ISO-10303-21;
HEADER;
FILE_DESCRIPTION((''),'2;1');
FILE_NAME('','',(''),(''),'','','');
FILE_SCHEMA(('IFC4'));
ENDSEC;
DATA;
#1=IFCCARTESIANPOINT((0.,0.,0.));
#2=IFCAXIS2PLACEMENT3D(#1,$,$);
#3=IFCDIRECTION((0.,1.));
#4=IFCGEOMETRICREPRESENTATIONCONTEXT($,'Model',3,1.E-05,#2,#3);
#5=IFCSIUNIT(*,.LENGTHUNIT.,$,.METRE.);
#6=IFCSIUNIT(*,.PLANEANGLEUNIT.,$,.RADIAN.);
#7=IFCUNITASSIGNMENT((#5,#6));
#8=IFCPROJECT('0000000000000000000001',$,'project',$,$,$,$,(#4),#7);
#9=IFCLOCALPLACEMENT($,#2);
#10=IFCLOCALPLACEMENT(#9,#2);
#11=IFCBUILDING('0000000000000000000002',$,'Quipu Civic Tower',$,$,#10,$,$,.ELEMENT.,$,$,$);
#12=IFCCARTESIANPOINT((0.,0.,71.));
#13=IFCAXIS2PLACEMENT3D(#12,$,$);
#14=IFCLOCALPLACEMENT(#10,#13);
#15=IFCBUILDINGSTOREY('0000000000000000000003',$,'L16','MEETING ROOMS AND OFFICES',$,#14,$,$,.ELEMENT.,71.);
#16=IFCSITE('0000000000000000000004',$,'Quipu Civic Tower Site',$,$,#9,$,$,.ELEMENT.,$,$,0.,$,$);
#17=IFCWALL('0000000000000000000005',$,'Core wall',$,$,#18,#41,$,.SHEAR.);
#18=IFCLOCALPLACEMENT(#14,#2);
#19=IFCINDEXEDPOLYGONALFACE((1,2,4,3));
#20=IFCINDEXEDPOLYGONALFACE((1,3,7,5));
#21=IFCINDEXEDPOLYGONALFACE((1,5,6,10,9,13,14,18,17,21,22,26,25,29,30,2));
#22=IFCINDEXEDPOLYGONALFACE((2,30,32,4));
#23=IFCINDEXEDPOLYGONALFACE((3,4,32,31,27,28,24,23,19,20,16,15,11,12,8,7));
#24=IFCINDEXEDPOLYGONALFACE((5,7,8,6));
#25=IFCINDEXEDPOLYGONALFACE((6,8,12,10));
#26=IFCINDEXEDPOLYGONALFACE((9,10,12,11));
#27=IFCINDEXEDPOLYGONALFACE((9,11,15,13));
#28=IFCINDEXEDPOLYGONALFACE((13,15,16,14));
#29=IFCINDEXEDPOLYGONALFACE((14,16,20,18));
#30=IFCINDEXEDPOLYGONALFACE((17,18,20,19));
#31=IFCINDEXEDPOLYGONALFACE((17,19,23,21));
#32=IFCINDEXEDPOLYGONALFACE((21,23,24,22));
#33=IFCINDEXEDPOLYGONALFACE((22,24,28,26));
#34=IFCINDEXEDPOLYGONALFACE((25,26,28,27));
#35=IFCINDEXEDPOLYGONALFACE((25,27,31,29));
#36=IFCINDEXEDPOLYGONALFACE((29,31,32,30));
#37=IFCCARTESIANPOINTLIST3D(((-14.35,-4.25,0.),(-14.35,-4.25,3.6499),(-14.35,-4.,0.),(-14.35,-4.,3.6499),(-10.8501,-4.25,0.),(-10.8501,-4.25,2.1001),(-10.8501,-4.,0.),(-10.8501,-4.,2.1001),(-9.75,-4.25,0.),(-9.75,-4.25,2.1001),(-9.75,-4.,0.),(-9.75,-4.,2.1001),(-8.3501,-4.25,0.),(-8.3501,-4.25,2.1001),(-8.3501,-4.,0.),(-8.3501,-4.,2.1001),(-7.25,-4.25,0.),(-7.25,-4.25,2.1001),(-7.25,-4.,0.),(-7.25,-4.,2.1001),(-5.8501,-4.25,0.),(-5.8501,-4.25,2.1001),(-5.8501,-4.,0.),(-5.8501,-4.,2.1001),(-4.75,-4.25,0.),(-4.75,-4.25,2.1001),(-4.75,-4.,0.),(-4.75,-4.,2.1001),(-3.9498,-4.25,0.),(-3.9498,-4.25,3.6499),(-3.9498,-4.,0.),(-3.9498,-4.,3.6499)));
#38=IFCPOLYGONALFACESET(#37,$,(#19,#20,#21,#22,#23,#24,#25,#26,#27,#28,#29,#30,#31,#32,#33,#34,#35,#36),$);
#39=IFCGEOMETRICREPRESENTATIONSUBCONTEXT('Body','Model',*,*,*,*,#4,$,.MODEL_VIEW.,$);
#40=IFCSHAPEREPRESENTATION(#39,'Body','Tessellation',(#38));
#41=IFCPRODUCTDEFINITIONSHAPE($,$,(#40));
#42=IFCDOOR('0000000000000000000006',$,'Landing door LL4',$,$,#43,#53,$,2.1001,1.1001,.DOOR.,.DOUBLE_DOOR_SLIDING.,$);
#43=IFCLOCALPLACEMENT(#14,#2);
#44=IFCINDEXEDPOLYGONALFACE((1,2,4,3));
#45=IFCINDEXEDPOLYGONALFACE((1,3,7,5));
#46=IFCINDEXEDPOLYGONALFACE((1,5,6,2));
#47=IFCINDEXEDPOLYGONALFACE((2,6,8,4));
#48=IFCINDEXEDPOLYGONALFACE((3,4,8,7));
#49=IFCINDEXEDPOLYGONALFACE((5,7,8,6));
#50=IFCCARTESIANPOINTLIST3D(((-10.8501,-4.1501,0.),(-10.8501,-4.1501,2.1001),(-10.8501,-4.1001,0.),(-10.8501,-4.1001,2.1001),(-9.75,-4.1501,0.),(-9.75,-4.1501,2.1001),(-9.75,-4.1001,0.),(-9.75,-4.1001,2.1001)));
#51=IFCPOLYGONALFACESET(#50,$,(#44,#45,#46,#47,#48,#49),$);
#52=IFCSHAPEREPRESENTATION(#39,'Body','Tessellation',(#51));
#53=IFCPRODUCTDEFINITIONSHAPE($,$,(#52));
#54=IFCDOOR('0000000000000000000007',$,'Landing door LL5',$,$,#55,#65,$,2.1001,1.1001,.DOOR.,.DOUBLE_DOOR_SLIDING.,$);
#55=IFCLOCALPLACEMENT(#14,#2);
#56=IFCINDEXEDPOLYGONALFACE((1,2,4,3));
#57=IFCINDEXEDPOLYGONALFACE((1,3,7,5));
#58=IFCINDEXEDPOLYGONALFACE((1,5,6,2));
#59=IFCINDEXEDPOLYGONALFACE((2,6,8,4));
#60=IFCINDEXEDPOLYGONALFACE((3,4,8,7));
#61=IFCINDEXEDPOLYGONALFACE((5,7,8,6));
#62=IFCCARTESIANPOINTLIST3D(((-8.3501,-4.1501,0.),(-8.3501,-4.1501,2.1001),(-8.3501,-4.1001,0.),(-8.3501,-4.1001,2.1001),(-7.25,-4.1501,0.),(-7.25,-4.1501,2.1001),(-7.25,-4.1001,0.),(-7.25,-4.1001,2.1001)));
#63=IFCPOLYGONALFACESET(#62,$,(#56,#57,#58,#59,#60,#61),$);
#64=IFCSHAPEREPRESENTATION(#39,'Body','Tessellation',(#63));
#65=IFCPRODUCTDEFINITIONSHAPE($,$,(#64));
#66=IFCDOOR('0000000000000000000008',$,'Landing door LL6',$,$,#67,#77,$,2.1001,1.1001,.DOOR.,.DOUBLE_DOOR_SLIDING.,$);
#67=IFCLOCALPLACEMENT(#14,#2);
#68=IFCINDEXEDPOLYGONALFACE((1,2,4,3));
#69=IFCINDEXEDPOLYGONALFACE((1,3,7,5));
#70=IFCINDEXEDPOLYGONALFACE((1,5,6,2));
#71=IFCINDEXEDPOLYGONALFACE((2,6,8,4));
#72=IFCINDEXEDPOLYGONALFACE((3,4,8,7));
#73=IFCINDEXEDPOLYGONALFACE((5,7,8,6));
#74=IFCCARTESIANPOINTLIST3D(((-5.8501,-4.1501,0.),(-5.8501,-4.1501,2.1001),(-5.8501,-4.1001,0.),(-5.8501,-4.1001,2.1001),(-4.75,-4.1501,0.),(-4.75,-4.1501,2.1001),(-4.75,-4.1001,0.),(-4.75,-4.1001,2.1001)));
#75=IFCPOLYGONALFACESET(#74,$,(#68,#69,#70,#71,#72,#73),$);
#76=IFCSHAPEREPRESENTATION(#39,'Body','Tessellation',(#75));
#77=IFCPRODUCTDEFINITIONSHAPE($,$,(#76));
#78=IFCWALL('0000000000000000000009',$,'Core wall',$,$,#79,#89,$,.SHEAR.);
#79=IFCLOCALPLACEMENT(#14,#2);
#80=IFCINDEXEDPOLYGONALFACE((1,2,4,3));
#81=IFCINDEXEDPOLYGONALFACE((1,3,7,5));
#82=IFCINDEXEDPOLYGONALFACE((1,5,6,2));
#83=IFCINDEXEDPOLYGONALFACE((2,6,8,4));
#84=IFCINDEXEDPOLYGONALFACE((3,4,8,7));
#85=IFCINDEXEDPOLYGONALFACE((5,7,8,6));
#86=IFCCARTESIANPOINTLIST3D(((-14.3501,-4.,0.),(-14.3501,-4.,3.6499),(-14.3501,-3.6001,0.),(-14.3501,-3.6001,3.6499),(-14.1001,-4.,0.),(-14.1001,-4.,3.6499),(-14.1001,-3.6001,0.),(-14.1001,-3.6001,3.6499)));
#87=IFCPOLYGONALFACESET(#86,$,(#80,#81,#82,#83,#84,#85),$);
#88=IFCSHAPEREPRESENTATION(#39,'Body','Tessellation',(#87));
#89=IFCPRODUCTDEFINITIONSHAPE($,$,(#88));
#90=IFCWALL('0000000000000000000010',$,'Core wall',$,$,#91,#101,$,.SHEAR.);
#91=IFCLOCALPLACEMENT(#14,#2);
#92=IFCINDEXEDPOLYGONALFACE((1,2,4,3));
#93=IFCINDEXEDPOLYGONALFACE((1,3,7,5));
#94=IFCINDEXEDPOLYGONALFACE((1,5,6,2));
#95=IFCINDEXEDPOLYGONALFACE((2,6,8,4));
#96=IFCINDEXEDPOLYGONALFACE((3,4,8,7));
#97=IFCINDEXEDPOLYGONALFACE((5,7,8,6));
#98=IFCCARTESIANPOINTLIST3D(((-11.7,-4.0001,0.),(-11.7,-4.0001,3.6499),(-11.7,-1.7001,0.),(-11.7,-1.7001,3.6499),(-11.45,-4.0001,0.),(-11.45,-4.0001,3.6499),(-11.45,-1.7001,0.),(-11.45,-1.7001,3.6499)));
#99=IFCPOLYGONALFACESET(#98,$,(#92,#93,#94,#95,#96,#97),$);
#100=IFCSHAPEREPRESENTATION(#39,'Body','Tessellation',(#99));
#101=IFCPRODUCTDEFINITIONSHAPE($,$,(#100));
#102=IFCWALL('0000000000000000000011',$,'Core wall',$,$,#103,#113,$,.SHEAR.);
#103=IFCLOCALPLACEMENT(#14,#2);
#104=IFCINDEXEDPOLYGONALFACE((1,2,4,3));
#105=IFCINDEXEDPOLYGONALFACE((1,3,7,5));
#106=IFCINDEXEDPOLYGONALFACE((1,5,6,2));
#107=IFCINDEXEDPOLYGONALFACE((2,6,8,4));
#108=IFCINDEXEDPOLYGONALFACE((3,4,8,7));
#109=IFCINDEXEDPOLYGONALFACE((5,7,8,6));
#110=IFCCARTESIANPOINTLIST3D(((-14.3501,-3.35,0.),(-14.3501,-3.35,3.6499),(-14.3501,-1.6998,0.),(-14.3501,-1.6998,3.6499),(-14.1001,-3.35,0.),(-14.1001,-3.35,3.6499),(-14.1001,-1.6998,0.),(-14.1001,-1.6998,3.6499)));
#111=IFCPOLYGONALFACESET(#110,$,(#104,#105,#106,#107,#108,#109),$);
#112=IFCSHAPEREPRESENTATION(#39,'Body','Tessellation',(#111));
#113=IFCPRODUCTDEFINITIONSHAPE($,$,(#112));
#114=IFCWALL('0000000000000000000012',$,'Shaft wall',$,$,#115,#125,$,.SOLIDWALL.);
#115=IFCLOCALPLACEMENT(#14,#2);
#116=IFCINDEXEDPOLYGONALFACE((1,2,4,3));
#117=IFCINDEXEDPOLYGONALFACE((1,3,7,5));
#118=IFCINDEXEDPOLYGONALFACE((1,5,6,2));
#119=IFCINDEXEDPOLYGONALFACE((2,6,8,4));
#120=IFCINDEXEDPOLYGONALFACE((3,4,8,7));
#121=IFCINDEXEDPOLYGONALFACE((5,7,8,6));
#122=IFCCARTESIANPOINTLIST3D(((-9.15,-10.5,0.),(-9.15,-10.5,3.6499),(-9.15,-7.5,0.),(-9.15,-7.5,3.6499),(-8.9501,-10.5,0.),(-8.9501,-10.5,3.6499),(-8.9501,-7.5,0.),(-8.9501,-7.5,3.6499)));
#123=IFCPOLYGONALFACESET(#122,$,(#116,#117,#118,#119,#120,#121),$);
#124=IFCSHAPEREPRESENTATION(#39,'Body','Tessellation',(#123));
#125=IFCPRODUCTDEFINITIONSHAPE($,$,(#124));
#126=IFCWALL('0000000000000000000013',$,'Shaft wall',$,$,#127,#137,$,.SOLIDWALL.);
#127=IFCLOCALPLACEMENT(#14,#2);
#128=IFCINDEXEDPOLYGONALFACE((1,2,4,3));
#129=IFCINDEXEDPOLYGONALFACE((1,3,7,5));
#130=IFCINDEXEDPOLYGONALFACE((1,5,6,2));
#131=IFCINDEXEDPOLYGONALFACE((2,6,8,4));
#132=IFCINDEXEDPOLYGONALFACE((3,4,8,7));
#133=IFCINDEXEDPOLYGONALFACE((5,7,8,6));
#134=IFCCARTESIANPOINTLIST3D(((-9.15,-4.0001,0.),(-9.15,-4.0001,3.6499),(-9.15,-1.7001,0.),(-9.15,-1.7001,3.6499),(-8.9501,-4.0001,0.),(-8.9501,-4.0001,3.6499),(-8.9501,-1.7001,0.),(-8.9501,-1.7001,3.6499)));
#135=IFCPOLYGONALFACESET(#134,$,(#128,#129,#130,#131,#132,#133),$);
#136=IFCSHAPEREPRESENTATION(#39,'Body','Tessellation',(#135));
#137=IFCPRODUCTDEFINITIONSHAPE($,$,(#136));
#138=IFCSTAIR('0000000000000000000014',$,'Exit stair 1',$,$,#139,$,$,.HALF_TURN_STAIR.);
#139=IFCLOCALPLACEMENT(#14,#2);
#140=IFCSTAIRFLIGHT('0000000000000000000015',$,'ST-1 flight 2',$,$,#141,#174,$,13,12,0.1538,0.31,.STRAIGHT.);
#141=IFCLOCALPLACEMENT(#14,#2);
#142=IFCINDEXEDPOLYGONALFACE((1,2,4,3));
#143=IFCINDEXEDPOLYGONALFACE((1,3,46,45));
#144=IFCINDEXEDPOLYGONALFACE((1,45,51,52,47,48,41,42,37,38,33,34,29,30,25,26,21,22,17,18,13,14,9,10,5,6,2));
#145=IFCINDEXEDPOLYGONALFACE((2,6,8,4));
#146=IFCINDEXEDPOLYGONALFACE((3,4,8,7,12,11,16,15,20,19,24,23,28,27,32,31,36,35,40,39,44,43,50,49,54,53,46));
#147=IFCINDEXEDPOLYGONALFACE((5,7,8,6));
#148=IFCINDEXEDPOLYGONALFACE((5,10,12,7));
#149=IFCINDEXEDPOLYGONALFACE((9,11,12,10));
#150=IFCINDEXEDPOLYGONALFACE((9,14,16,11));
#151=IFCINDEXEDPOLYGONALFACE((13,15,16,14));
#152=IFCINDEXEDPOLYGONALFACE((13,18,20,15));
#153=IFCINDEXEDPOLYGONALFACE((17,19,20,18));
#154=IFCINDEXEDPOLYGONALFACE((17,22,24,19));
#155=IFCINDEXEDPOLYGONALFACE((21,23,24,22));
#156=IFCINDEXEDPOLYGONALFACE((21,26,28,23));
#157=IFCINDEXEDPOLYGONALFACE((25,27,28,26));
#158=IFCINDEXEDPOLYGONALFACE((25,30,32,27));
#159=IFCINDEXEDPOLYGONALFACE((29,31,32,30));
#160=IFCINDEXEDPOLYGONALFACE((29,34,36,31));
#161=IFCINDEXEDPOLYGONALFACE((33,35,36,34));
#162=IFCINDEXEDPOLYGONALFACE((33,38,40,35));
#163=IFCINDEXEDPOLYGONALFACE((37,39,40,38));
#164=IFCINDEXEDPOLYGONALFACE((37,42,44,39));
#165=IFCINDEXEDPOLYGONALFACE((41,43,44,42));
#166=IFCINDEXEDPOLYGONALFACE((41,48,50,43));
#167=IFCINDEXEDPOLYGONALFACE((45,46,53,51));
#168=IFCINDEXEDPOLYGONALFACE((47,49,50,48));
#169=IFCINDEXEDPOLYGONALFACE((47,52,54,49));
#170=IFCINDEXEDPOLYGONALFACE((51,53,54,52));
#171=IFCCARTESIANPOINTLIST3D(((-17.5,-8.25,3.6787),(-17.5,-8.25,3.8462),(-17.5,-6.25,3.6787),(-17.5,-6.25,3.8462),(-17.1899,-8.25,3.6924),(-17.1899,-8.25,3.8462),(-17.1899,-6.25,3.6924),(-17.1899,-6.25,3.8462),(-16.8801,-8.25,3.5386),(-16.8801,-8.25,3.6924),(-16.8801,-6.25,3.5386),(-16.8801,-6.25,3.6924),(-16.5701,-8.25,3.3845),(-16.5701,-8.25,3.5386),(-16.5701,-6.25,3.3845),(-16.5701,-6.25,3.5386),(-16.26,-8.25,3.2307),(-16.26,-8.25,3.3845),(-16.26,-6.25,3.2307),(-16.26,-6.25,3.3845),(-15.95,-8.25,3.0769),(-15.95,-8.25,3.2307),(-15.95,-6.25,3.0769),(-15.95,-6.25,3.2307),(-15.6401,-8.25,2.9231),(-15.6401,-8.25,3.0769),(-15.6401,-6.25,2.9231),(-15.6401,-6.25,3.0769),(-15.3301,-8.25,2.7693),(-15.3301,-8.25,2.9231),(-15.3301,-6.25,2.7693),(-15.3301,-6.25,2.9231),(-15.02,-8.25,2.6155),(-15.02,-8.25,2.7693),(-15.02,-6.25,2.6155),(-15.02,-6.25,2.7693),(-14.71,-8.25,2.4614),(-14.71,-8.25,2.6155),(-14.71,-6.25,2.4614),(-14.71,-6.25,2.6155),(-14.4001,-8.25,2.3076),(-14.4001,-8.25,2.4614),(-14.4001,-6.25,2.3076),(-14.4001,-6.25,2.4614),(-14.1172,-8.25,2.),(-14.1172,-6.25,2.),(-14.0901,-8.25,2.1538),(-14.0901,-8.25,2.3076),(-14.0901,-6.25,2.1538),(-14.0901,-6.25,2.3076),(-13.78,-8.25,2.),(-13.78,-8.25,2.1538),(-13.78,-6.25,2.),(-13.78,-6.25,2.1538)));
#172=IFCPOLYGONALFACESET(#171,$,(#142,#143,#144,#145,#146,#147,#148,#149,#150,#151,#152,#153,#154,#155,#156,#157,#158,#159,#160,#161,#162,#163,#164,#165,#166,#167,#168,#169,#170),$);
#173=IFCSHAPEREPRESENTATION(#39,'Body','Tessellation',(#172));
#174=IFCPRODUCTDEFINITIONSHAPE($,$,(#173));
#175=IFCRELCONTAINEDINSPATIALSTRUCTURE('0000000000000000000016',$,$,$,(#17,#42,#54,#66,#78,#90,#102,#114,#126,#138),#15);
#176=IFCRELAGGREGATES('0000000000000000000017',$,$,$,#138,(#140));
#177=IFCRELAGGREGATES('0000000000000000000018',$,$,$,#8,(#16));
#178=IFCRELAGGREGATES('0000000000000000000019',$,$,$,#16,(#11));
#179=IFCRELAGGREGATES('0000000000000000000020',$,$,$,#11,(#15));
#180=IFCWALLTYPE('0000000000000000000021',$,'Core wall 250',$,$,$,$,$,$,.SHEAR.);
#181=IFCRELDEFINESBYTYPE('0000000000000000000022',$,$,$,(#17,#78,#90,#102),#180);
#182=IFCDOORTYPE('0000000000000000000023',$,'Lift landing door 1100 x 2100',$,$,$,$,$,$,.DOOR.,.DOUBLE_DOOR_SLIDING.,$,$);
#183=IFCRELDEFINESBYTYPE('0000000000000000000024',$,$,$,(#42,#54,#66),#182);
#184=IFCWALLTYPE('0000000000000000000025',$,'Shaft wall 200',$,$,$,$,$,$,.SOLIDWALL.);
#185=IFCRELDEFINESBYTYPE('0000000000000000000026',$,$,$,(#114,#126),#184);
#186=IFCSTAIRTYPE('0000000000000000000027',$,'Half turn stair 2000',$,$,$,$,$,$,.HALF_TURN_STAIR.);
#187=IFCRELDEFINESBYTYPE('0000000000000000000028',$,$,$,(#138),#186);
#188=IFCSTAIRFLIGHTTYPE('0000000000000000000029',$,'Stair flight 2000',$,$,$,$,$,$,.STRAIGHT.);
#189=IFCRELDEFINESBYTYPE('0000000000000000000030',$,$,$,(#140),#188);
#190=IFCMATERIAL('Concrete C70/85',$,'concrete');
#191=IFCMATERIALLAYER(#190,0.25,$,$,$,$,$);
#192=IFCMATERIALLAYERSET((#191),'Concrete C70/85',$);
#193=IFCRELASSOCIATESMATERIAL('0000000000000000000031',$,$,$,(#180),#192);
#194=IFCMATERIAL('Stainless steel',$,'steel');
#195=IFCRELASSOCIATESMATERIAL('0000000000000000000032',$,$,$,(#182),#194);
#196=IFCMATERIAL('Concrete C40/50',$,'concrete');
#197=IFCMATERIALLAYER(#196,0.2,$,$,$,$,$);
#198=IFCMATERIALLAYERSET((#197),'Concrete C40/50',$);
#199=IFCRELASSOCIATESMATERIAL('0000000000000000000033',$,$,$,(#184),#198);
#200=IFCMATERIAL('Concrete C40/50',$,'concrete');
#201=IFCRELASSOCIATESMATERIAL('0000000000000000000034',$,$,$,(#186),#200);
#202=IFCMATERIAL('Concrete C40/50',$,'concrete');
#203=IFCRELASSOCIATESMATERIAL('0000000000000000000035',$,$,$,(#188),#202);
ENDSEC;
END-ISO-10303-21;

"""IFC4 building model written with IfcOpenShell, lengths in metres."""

from ifc_helpers import new_model, si_unit, direction, frame, frame_2d, origin, place, context, subcontext, project, spatial, polyline, rectangle, outline, extrude, material, layer, layer_set, type_object, element, fill, aggregate, save


model = new_model("IFC4")

# Units and contexts
model_context = context("Model", 3, precision=1e-05, world=origin(), true_north=direction((0.0, 1.0)))
body_context = subcontext(model_context, "Body", "Model", "MODEL_VIEW")
ifc_project = project(units=[si_unit("LENGTHUNIT", "METRE"), si_unit("PLANEANGLEUNIT", "RADIAN")], contexts=[model_context])

# Site, building, storey
site_placement = place(None, origin())
site = spatial("IfcSite", under=ifc_project, at=site_placement, Name="Quipu Civic Tower Site", CompositionType="ELEMENT", RefElevation=0.0)
building_placement = place(site_placement, origin())
building = spatial("IfcBuilding", under=site, at=building_placement, Name="Quipu Civic Tower", CompositionType="ELEMENT")
storey_placement = place(building_placement, frame((0.0, 0.0, 71.0)))
storey = spatial("IfcBuildingStorey", under=building, at=storey_placement, Name="L16", Description="MEETING ROOMS AND OFFICES", CompositionType="ELEMENT", Elevation=71.0)

# Shared definitions
ifc_material_1 = material(Name="Concrete C70/85", Category="concrete")
ifc_layer_1 = layer(ifc_material_1, 0.25)
ifc_layer_set_1 = layer_set([ifc_layer_1], Name="Concrete C70/85")
wall_type_1 = type_object("IfcWallType", Name="Core wall 250", PredefinedType="SHEAR", material=ifc_layer_set_1)

# Wall, openings, doors
wall_1_placement = place(storey_placement, frame((-14.3501, -4.125, 0.0), z_axis=(0.0, 0.0, 1.0), x_axis=(1.0, 0.0, 0.0)))
wall_1 = element("IfcWall", 1, at=wall_1_placement, inside=storey, type_object=wall_type_1, Name="Core wall", PredefinedType="SHEAR", context=body_context, shape_type="SweptSolid", body=[
    extrude(rectangle(XDim=10.4001, YDim=0.25, at=frame_2d((5.2002, 0.0))), origin(), (0.0, 0.0, 1.0), 3.6499),
])
opening_1_placement = place(wall_1_placement, frame((3.5, 0.0, 0.0)))
opening_1 = element("IfcOpeningElement", 2, at=opening_1_placement, cuts=wall_1, PredefinedType="OPENING", context=body_context, shape_type="SweptSolid", body=[
    extrude(rectangle(XDim=1.1001, YDim=2.1001, at=frame_2d((0.55, 1.05))), frame((0.0, 0.135, 0.0), z_axis=(0.0, -1.0, 0.0), x_axis=(1.0, 0.0, 0.0)), (0.0, 0.0, 1.0), 0.27),
])
opening_2_placement = place(wall_1_placement, frame((6.0, 0.0, 0.0)))
opening_2 = element("IfcOpeningElement", 3, at=opening_2_placement, cuts=wall_1, PredefinedType="OPENING", context=body_context, shape_type="SweptSolid", body=[
    extrude(rectangle(XDim=1.1001, YDim=2.1001, at=frame_2d((0.55, 1.05))), frame((0.0, 0.135, 0.0), z_axis=(0.0, -1.0, 0.0), x_axis=(1.0, 0.0, 0.0)), (0.0, 0.0, 1.0), 0.27),
])
opening_3_placement = place(wall_1_placement, frame((8.5, 0.0, 0.0)))
opening_3 = element("IfcOpeningElement", 4, at=opening_3_placement, cuts=wall_1, PredefinedType="OPENING", context=body_context, shape_type="SweptSolid", body=[
    extrude(rectangle(XDim=1.1001, YDim=2.1001, at=frame_2d((0.55, 1.05))), frame((0.0, 0.135, 0.0), z_axis=(0.0, -1.0, 0.0), x_axis=(1.0, 0.0, 0.0)), (0.0, 0.0, 1.0), 0.27),
])
ifc_material_2 = material(Name="Stainless steel", Category="steel")
door_type_1 = type_object("IfcDoorType", Name="Lift landing door 1100 x 2100", OperationType="DOUBLE_DOOR_SLIDING", PredefinedType="DOOR", material=ifc_material_2)
door_1_placement = place(opening_1_placement, origin())
door_1 = element("IfcDoor", 5, at=door_1_placement, inside=storey, type_object=door_type_1, Name="Landing door LL4", OperationType="DOUBLE_DOOR_SLIDING", OverallHeight=2.1001, OverallWidth=1.1001, PredefinedType="DOOR", context=body_context, shape_type="SweptSolid", body=[
    extrude(rectangle(XDim=1.1001, YDim=2.1001, at=frame_2d((0.55, 1.05))), frame((0.0, 0.0249, 0.0), z_axis=(0.0, -1.0, 0.0), x_axis=(1.0, 0.0, 0.0)), (0.0, 0.0, 1.0), 0.05),
])
fill(opening_1, door_1)
door_2_placement = place(opening_2_placement, origin())
door_2 = element("IfcDoor", 6, at=door_2_placement, inside=storey, type_object=door_type_1, Name="Landing door LL5", OperationType="DOUBLE_DOOR_SLIDING", OverallHeight=2.1001, OverallWidth=1.1001, PredefinedType="DOOR", context=body_context, shape_type="SweptSolid", body=[
    extrude(rectangle(XDim=1.1001, YDim=2.1001, at=frame_2d((0.55, 1.05))), frame((0.0, 0.0249, 0.0), z_axis=(0.0, -1.0, 0.0), x_axis=(1.0, 0.0, 0.0)), (0.0, 0.0, 1.0), 0.05),
])
fill(opening_2, door_2)
door_3_placement = place(opening_3_placement, origin())
door_3 = element("IfcDoor", 7, at=door_3_placement, inside=storey, type_object=door_type_1, Name="Landing door LL6", OperationType="DOUBLE_DOOR_SLIDING", OverallHeight=2.1001, OverallWidth=1.1001, PredefinedType="DOOR", context=body_context, shape_type="SweptSolid", body=[
    extrude(rectangle(XDim=1.1001, YDim=2.1001, at=frame_2d((0.55, 1.05))), frame((0.0, 0.0249, 0.0), z_axis=(0.0, -1.0, 0.0), x_axis=(1.0, 0.0, 0.0)), (0.0, 0.0, 1.0), 0.05),
])
fill(opening_3, door_3)

# Walls
wall_2_placement = place(storey_placement, frame((-14.2251, -4.0, 0.0), z_axis=(0.0, 0.0, 1.0), x_axis=(0.0, 1.0, 0.0)))
element("IfcWall", 8, at=wall_2_placement, inside=storey, type_object=wall_type_1, Name="Core wall", PredefinedType="SHEAR", context=body_context, shape_type="SweptSolid", body=[
    extrude(rectangle(XDim=0.3999, YDim=0.25, at=frame_2d((0.2, 0.0))), origin(), (0.0, 0.0, 1.0), 3.6499),
])
wall_3_placement = place(storey_placement, frame((-11.575, -4.0, 0.0), z_axis=(0.0, 0.0, 1.0), x_axis=(0.0, 1.0, 0.0)))
element("IfcWall", 9, at=wall_3_placement, inside=storey, type_object=wall_type_1, Name="Core wall", PredefinedType="SHEAR", context=body_context, shape_type="SweptSolid", body=[
    extrude(rectangle(XDim=2.3, YDim=0.25, at=frame_2d((1.1499, 0.0))), origin(), (0.0, 0.0, 1.0), 3.6499),
])
wall_4_placement = place(storey_placement, frame((-14.2251, -3.3501, 0.0), z_axis=(0.0, 0.0, 1.0), x_axis=(0.0, 1.0, 0.0)))
element("IfcWall", 10, at=wall_4_placement, inside=storey, type_object=wall_type_1, Name="Core wall", PredefinedType="SHEAR", context=body_context, shape_type="SweptSolid", body=[
    extrude(rectangle(XDim=1.6501, YDim=0.25, at=frame_2d((0.8252, 0.0))), origin(), (0.0, 0.0, 1.0), 3.6499),
])
ifc_material_3 = material(Name="Concrete C40/50", Category="concrete")
ifc_layer_2 = layer(ifc_material_3, 0.2)
ifc_layer_set_2 = layer_set([ifc_layer_2], Name="Concrete C40/50")
wall_type_2 = type_object("IfcWallType", Name="Shaft wall 200", PredefinedType="SOLIDWALL", material=ifc_layer_set_2)
wall_5_placement = place(storey_placement, frame((-9.05, -10.5, 0.0), z_axis=(0.0, 0.0, 1.0), x_axis=(0.0, 1.0, 0.0)))
element("IfcWall", 11, at=wall_5_placement, inside=storey, type_object=wall_type_2, Name="Shaft wall", PredefinedType="SOLIDWALL", context=body_context, shape_type="SweptSolid", body=[
    extrude(rectangle(XDim=3.0, YDim=0.2, at=frame_2d((1.5, 0.0))), origin(), (0.0, 0.0, 1.0), 3.6499),
])
wall_6_placement = place(storey_placement, frame((-9.05, -4.0, 0.0), z_axis=(0.0, 0.0, 1.0), x_axis=(0.0, 1.0, 0.0)))
element("IfcWall", 12, at=wall_6_placement, inside=storey, type_object=wall_type_2, Name="Shaft wall", PredefinedType="SOLIDWALL", context=body_context, shape_type="SweptSolid", body=[
    extrude(rectangle(XDim=2.3, YDim=0.2, at=frame_2d((1.1499, 0.0))), origin(), (0.0, 0.0, 1.0), 3.6499),
])

# Stair, stair flight
ifc_material_4 = material(Name="Concrete C40/50", Category="concrete")
stair_type = type_object("IfcStairType", Name="Half turn stair 2000", PredefinedType="HALF_TURN_STAIR", material=ifc_material_4)
stair_placement = place(storey_placement, origin())
stair = element("IfcStair", 13, at=stair_placement, inside=storey, type_object=stair_type, Name="Exit stair 1", PredefinedType="HALF_TURN_STAIR")
ifc_material_5 = material(Name="Concrete C40/50", Category="concrete")
stair_flight_type = type_object("IfcStairFlightType", Name="Stair flight 2000", PredefinedType="STRAIGHT", material=ifc_material_5)
stair_flight_placement = place(storey_placement, frame((-13.78, -7.25, 2.0), z_axis=(0.0, 0.0, 1.0), x_axis=(-1.0, 0.0, 0.0)))
stair_flight = element("IfcStairFlight", 14, at=stair_flight_placement, type_object=stair_flight_type, Name="ST-1 flight 2", NumberOfRisers=13, NumberOfTreads=12, PredefinedType="STRAIGHT", RiserHeight=0.1538, TreadLength=0.31, context=body_context, shape_type="SweptSolid", body=[
    extrude(outline(polyline([(0.0, 0.0), (0.0, 0.1538), (0.3101, 0.1538), (0.3101, 0.3076), (0.6201, 0.3076), (0.6201, 0.4614), (0.9299, 0.4614), (0.9299, 0.6155), (1.24, 0.6155), (1.24, 0.7693), (1.55, 0.7693), (1.55, 0.9231), (1.8601, 0.9231), (1.8601, 1.0769), (2.1699, 1.0769), (2.1699, 1.2307), (2.48, 1.2307), (2.48, 1.3845), (2.79, 1.3845), (2.79, 1.5386), (3.1001, 1.5386), (3.1001, 1.6924), (3.4099, 1.6924), (3.4099, 1.8462), (3.72, 1.8462), (3.72, 2.0), (3.72, 1.6787), (0.3372, 0.0), (0.0, 0.0)])), frame((0.0, 1.0, 0.0), z_axis=(0.0, -1.0, 0.0), x_axis=(1.0, 0.0, 0.0)), (0.0, 0.0, 1.0), 2.0),
])
aggregate(stair, [stair_flight])

save(model, "model.ifc")
